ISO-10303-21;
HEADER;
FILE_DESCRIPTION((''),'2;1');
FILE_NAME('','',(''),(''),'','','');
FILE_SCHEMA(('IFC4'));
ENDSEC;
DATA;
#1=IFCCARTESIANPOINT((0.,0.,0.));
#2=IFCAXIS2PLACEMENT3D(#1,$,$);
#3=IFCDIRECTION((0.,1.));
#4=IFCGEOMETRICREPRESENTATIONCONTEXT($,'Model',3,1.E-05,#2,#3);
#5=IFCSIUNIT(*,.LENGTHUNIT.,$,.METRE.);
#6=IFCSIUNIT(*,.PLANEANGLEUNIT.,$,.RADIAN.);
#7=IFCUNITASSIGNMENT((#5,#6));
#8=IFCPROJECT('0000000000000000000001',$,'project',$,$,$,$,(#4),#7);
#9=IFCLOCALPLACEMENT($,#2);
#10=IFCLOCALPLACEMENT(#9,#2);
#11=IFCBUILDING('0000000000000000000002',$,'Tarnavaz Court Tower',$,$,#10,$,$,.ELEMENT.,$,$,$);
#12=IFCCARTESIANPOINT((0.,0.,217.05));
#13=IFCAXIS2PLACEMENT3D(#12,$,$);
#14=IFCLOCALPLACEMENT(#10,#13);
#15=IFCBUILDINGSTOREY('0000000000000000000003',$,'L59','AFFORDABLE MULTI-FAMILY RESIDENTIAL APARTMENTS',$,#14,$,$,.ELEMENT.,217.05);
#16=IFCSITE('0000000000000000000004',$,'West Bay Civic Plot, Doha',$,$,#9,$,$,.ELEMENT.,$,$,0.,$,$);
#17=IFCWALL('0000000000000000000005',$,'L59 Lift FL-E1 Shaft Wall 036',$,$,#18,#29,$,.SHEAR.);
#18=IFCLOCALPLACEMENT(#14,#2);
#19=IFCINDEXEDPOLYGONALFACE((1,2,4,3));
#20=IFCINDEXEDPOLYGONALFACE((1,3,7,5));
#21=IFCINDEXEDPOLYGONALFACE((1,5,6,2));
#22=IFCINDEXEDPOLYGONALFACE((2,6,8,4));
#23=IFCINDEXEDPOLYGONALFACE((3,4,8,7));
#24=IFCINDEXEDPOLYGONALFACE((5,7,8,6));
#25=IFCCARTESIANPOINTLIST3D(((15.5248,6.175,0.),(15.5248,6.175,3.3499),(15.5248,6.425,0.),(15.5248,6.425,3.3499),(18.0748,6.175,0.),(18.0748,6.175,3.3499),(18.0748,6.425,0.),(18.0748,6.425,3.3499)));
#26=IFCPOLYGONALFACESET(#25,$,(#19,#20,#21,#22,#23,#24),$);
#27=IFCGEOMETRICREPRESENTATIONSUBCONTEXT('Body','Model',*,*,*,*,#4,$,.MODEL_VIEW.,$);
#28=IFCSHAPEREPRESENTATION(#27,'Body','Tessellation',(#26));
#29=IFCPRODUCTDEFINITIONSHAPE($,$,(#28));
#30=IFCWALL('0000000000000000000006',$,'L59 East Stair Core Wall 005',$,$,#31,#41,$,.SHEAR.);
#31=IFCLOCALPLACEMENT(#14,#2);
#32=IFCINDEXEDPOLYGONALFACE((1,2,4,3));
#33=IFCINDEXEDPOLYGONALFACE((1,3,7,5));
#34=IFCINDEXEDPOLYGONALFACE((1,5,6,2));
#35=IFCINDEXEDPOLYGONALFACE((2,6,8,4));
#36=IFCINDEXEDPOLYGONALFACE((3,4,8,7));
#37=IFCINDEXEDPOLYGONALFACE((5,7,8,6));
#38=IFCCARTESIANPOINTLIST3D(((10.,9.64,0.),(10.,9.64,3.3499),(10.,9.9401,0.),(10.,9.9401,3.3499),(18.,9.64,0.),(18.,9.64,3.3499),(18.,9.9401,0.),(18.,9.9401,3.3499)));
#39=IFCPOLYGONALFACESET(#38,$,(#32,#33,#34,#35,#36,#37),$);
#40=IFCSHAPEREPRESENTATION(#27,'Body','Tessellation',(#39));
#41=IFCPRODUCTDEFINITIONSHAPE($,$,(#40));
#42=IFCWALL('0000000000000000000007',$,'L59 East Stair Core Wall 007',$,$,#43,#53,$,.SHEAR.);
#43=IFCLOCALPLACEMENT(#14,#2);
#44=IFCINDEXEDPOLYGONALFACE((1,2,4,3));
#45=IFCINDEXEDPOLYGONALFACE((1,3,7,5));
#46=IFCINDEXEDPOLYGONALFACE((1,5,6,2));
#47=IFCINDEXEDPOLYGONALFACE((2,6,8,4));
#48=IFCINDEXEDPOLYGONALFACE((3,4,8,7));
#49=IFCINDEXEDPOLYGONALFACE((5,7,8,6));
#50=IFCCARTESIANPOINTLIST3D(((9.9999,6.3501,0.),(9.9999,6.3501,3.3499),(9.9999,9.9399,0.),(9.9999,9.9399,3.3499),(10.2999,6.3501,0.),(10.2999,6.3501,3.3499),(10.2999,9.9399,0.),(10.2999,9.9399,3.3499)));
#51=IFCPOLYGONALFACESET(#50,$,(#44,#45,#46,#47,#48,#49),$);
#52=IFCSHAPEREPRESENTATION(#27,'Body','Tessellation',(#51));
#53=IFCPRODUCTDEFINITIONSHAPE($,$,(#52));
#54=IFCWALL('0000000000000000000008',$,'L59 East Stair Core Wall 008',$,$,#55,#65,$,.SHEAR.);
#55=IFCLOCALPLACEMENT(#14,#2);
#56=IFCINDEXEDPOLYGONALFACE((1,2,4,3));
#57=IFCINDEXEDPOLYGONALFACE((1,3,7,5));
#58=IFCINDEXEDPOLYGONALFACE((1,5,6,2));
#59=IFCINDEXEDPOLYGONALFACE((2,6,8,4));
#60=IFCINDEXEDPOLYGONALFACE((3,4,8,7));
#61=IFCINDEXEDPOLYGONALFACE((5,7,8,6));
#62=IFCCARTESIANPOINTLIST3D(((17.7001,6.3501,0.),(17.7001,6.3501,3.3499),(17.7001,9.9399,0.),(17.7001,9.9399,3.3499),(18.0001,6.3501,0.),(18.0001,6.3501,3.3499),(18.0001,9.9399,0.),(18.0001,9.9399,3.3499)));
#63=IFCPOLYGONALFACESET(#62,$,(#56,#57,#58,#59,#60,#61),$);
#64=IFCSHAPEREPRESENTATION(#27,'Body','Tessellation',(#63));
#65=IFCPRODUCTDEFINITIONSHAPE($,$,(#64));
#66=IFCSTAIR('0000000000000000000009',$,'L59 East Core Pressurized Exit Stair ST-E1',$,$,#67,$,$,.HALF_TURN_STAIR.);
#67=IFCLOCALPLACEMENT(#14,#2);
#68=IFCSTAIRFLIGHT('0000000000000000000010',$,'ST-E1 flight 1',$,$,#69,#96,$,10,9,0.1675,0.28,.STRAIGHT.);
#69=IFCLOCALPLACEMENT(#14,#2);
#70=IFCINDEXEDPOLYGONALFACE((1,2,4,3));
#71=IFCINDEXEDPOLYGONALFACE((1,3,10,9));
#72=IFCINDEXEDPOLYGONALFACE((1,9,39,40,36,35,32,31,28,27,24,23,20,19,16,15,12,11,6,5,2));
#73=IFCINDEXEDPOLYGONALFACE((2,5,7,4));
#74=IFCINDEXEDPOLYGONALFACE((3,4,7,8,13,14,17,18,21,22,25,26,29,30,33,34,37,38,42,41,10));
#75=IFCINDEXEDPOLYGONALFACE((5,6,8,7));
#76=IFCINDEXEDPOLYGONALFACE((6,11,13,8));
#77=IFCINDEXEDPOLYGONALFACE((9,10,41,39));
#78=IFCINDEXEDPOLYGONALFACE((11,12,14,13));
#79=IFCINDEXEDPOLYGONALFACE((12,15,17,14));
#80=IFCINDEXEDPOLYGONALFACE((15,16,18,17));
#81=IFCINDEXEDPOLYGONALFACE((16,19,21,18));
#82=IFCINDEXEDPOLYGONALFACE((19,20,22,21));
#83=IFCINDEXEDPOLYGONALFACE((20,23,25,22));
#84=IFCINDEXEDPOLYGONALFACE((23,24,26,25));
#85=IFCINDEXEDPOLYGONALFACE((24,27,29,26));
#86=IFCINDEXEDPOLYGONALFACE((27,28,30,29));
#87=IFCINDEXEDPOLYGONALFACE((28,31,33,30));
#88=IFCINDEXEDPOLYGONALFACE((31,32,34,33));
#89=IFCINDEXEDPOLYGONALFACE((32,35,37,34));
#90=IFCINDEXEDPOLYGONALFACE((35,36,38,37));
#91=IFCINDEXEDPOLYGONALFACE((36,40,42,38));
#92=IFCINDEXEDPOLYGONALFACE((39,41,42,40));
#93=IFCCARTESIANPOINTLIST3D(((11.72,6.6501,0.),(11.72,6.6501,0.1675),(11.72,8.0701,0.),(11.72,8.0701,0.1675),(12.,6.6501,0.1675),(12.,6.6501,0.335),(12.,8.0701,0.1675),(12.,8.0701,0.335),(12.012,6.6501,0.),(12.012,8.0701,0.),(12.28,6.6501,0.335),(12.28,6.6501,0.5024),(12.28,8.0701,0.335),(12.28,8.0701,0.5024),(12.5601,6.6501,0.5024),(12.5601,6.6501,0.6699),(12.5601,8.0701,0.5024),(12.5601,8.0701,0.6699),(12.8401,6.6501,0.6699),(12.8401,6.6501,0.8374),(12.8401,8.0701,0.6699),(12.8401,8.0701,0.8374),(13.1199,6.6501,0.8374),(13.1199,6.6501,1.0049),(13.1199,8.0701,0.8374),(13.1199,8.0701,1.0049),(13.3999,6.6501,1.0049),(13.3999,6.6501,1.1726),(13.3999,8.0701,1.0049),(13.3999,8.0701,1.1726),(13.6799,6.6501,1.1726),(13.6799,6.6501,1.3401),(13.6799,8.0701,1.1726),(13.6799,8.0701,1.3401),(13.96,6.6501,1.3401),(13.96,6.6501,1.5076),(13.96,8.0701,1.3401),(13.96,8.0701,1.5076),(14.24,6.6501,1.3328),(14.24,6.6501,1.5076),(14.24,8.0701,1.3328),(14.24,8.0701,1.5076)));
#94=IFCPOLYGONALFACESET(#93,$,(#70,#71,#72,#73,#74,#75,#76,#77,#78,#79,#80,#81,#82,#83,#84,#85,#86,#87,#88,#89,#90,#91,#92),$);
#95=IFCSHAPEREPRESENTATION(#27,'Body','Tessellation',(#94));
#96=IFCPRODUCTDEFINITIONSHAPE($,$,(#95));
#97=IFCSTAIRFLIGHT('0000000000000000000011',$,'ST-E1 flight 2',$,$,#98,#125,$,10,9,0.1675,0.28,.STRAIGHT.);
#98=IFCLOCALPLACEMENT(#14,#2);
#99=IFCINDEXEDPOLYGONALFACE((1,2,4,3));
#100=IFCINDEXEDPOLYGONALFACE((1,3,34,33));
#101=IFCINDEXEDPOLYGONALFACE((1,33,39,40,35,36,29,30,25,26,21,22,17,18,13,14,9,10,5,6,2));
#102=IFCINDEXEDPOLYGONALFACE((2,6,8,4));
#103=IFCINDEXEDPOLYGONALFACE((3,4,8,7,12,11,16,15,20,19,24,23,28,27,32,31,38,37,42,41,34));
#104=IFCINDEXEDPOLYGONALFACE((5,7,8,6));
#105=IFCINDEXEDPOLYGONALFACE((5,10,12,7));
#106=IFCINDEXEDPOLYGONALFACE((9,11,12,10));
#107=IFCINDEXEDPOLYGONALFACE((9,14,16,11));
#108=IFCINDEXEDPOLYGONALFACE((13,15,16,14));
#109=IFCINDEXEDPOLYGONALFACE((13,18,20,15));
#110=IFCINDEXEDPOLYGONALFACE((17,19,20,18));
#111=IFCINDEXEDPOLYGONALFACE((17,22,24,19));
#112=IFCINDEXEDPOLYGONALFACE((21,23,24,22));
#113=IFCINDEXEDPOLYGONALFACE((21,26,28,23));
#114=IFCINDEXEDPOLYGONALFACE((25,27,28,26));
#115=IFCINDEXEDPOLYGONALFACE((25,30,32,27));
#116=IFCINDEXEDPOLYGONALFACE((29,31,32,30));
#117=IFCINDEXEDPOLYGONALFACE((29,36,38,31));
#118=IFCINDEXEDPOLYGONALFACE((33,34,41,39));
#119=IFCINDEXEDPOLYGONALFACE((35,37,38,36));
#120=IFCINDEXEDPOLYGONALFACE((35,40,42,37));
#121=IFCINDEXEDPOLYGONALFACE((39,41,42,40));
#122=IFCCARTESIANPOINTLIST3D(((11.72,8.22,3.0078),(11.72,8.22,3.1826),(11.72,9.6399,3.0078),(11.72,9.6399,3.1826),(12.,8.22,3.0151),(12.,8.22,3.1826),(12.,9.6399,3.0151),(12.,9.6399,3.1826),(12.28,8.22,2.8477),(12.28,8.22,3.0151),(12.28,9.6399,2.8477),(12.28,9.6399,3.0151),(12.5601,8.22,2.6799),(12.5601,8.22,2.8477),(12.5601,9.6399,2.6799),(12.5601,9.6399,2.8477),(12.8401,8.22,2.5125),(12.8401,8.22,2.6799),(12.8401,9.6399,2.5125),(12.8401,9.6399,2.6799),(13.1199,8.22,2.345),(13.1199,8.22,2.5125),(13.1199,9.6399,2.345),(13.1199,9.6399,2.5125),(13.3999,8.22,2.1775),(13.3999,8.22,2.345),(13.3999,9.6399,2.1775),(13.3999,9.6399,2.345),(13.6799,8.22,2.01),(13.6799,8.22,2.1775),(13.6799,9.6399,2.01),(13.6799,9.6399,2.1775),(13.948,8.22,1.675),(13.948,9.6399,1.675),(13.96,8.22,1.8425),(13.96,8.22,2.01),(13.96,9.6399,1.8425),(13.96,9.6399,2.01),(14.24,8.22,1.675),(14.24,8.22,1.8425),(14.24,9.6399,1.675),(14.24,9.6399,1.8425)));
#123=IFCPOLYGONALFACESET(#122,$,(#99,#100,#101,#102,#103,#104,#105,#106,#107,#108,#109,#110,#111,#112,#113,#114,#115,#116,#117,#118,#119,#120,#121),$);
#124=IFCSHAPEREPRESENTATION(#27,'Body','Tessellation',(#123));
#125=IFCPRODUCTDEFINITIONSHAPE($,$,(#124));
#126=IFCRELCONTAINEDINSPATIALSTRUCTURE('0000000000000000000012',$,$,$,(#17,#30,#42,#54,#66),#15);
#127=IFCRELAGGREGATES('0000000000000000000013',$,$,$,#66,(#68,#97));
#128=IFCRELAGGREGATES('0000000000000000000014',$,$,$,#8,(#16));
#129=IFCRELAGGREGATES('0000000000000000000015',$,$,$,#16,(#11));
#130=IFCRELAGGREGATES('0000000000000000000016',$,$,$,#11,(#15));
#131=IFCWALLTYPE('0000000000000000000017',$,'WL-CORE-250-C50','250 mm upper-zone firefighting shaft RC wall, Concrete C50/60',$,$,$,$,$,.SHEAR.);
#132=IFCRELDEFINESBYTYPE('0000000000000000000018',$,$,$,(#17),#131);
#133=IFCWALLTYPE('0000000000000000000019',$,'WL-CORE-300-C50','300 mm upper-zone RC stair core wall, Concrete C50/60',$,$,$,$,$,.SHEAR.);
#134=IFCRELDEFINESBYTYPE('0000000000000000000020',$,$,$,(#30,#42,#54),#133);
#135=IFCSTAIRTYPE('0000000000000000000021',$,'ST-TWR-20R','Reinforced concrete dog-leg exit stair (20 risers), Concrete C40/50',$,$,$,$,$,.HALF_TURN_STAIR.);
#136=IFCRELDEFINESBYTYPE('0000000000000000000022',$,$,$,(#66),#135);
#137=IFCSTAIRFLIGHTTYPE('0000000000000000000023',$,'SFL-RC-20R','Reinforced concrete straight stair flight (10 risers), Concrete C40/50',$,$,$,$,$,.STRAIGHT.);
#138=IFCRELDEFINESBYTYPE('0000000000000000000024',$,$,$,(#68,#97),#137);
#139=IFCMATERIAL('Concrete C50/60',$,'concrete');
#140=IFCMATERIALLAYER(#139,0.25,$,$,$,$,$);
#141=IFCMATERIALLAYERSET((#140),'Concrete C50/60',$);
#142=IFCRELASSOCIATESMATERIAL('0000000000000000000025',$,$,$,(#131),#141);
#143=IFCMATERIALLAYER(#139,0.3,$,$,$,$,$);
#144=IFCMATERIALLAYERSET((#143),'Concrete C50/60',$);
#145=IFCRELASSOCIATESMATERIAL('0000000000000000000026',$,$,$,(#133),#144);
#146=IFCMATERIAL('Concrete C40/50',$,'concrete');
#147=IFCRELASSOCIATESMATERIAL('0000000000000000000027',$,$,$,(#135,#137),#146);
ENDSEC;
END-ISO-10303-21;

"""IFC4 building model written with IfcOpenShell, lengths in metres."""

from ifc_helpers import new_model, si_unit, direction, frame, frame_2d, origin, place, context, subcontext, project, spatial, polyline, rectangle, outline, extrude, material, layer, layer_set, type_object, element, aggregate, save


model = new_model("IFC4")

# Units and contexts
model_context = context("Model", 3, precision=1e-05, world=origin(), true_north=direction((0.0, 1.0)))
body_context = subcontext(model_context, "Body", "Model", "MODEL_VIEW")
ifc_project = project(units=[si_unit("LENGTHUNIT", "METRE"), si_unit("PLANEANGLEUNIT", "RADIAN")], contexts=[model_context])

# Site, building, storey
site_placement = place(None, origin())
site = spatial("IfcSite", under=ifc_project, at=site_placement, Name="West Bay Civic Plot, Doha", CompositionType="ELEMENT", RefElevation=0.0)
building_placement = place(site_placement, origin())
building = spatial("IfcBuilding", under=site, at=building_placement, Name="Tarnavaz Court Tower", CompositionType="ELEMENT")
storey_placement = place(building_placement, frame((0.0, 0.0, 217.05)))
storey = spatial("IfcBuildingStorey", under=building, at=storey_placement, Name="L59", Description="AFFORDABLE MULTI-FAMILY RESIDENTIAL APARTMENTS", CompositionType="ELEMENT", Elevation=217.05)

# Shared definitions
ifc_material_1 = material(Name="Concrete C50/60", Category="concrete")

# Walls
ifc_layer_1 = layer(ifc_material_1, 0.25)
ifc_layer_set_1 = layer_set([ifc_layer_1], Name="Concrete C50/60")
wall_type_1 = type_object("IfcWallType", Name="WL-CORE-250-C50", Description="250 mm upper-zone firefighting shaft RC wall, Concrete C50/60", PredefinedType="SHEAR", material=ifc_layer_set_1)
wall_1_placement = place(storey_placement, frame((15.5249, 6.3, 0.0), z_axis=(0.0, 0.0, 1.0), x_axis=(1.0, 0.0, 0.0)))
element("IfcWall", 1, at=wall_1_placement, inside=storey, type_object=wall_type_1, Name="L59 Lift FL-E1 Shaft Wall 036", PredefinedType="SHEAR", context=body_context, shape_type="SweptSolid", body=[
    extrude(rectangle(XDim=2.55, YDim=0.25, at=frame_2d((1.2749, 0.0))), origin(), (0.0, 0.0, 1.0), 3.3499),
])
ifc_layer_2 = layer(ifc_material_1, 0.3)
ifc_layer_set_2 = layer_set([ifc_layer_2], Name="Concrete C50/60")
wall_type_2 = type_object("IfcWallType", Name="WL-CORE-300-C50", Description="300 mm upper-zone RC stair core wall, Concrete C50/60", PredefinedType="SHEAR", material=ifc_layer_set_2)
wall_2_placement = place(storey_placement, frame((10.0, 9.79, 0.0), z_axis=(0.0, 0.0, 1.0), x_axis=(1.0, 0.0, 0.0)))
element("IfcWall", 2, at=wall_2_placement, inside=storey, type_object=wall_type_2, Name="L59 East Stair Core Wall 005", PredefinedType="SHEAR", context=body_context, shape_type="SweptSolid", body=[
    extrude(rectangle(XDim=8.0, YDim=0.3, at=frame_2d((4.0, 0.0))), origin(), (0.0, 0.0, 1.0), 3.3499),
])
for number, where, z_axis, x_axis, name in (
    (3, (10.1499, 6.3501, 0.0), (0.0, 0.0, 1.0), (0.0, 1.0, 0.0), "L59 East Stair Core Wall 007"),
    (4, (17.8501, 6.3501, 0.0), (0.0, 0.0, 1.0), (0.0, 1.0, 0.0), "L59 East Stair Core Wall 008"),
):
    element("IfcWall", number, at=place(storey_placement, frame(where, z_axis=z_axis, x_axis=x_axis)), inside=storey, type_object=wall_type_2, Name=name, PredefinedType="SHEAR", context=body_context, shape_type="SweptSolid", body=[
        extrude(rectangle(XDim=3.5898, YDim=0.3, at=frame_2d((1.7949, 0.0))), origin(), (0.0, 0.0, 1.0), 3.3499),
    ])

# Stair, stair flights
ifc_material_2 = material(Name="Concrete C40/50", Category="concrete")
stair_type = type_object("IfcStairType", Name="ST-TWR-20R", Description="Reinforced concrete dog-leg exit stair (20 risers), Concrete C40/50", PredefinedType="HALF_TURN_STAIR", material=ifc_material_2)
stair_placement = place(storey_placement, origin())
stair = element("IfcStair", 5, at=stair_placement, inside=storey, type_object=stair_type, Name="L59 East Core Pressurized Exit Stair ST-E1", PredefinedType="HALF_TURN_STAIR")
stair_flight_type = type_object("IfcStairFlightType", Name="SFL-RC-20R", Description="Reinforced concrete straight stair flight (10 risers), Concrete C40/50", PredefinedType="STRAIGHT", material=ifc_material_2)
stair_flight_1_placement = place(storey_placement, frame((11.72, 7.3601, 0.0), z_axis=(0.0, 0.0, 1.0), x_axis=(1.0, 0.0, 0.0)))
stair_flight_1 = element("IfcStairFlight", 6, at=stair_flight_1_placement, type_object=stair_flight_type, Name="ST-E1 flight 1", NumberOfRisers=10, NumberOfTreads=9, PredefinedType="STRAIGHT", RiserHeight=0.1675, TreadLength=0.28, context=body_context, shape_type="SweptSolid", body=[
    extrude(outline(polyline([(0.0, 0.0), (0.0, 0.1675), (0.28, 0.1675), (0.28, 0.335), (0.5601, 0.335), (0.5601, 0.5024), (0.8401, 0.5024), (0.8401, 0.6699), (1.1201, 0.6699), (1.1201, 0.8374), (1.3999, 0.8374), (1.3999, 1.0049), (1.6799, 1.0049), (1.6799, 1.1726), (1.96, 1.1726), (1.96, 1.3401), (2.24, 1.3401), (2.24, 1.5076), (2.52, 1.5076), (2.52, 1.675), (2.52, 1.3328), (0.292, 0.0), (0.0, 0.0)])), frame((0.0, 0.71, 0.0), z_axis=(0.0, -1.0, 0.0), x_axis=(1.0, 0.0, 0.0)), (0.0, 0.0, 1.0), 1.4199),
])
stair_flight_2_placement = place(storey_placement, frame((14.24, 8.9299, 1.675), z_axis=(0.0, 0.0, 1.0), x_axis=(-1.0, 0.0, 0.0)))
stair_flight_2 = element("IfcStairFlight", 7, at=stair_flight_2_placement, type_object=stair_flight_type, Name="ST-E1 flight 2", NumberOfRisers=10, NumberOfTreads=9, PredefinedType="STRAIGHT", RiserHeight=0.1675, TreadLength=0.28, context=body_context, shape_type="SweptSolid", body=[
    extrude(outline(polyline([(0.0, 0.0), (0.0, 0.1675), (0.28, 0.1675), (0.28, 0.335), (0.5601, 0.335), (0.5601, 0.5024), (0.8401, 0.5024), (0.8401, 0.6699), (1.1201, 0.6699), (1.1201, 0.8374), (1.3999, 0.8374), (1.3999, 1.0049), (1.6799, 1.0049), (1.6799, 1.1726), (1.96, 1.1726), (1.96, 1.3401), (2.24, 1.3401), (2.24, 1.5076), (2.52, 1.5076), (2.52, 1.675), (2.52, 1.3328), (0.292, 0.0), (0.0, 0.0)])), frame((0.0, 0.71, 0.0), z_axis=(0.0, -1.0, 0.0), x_axis=(1.0, 0.0, 0.0)), (0.0, 0.0, 1.0), 1.4199),
])
aggregate(stair, [stair_flight_1, stair_flight_2])

save(model, "model.ifc")
